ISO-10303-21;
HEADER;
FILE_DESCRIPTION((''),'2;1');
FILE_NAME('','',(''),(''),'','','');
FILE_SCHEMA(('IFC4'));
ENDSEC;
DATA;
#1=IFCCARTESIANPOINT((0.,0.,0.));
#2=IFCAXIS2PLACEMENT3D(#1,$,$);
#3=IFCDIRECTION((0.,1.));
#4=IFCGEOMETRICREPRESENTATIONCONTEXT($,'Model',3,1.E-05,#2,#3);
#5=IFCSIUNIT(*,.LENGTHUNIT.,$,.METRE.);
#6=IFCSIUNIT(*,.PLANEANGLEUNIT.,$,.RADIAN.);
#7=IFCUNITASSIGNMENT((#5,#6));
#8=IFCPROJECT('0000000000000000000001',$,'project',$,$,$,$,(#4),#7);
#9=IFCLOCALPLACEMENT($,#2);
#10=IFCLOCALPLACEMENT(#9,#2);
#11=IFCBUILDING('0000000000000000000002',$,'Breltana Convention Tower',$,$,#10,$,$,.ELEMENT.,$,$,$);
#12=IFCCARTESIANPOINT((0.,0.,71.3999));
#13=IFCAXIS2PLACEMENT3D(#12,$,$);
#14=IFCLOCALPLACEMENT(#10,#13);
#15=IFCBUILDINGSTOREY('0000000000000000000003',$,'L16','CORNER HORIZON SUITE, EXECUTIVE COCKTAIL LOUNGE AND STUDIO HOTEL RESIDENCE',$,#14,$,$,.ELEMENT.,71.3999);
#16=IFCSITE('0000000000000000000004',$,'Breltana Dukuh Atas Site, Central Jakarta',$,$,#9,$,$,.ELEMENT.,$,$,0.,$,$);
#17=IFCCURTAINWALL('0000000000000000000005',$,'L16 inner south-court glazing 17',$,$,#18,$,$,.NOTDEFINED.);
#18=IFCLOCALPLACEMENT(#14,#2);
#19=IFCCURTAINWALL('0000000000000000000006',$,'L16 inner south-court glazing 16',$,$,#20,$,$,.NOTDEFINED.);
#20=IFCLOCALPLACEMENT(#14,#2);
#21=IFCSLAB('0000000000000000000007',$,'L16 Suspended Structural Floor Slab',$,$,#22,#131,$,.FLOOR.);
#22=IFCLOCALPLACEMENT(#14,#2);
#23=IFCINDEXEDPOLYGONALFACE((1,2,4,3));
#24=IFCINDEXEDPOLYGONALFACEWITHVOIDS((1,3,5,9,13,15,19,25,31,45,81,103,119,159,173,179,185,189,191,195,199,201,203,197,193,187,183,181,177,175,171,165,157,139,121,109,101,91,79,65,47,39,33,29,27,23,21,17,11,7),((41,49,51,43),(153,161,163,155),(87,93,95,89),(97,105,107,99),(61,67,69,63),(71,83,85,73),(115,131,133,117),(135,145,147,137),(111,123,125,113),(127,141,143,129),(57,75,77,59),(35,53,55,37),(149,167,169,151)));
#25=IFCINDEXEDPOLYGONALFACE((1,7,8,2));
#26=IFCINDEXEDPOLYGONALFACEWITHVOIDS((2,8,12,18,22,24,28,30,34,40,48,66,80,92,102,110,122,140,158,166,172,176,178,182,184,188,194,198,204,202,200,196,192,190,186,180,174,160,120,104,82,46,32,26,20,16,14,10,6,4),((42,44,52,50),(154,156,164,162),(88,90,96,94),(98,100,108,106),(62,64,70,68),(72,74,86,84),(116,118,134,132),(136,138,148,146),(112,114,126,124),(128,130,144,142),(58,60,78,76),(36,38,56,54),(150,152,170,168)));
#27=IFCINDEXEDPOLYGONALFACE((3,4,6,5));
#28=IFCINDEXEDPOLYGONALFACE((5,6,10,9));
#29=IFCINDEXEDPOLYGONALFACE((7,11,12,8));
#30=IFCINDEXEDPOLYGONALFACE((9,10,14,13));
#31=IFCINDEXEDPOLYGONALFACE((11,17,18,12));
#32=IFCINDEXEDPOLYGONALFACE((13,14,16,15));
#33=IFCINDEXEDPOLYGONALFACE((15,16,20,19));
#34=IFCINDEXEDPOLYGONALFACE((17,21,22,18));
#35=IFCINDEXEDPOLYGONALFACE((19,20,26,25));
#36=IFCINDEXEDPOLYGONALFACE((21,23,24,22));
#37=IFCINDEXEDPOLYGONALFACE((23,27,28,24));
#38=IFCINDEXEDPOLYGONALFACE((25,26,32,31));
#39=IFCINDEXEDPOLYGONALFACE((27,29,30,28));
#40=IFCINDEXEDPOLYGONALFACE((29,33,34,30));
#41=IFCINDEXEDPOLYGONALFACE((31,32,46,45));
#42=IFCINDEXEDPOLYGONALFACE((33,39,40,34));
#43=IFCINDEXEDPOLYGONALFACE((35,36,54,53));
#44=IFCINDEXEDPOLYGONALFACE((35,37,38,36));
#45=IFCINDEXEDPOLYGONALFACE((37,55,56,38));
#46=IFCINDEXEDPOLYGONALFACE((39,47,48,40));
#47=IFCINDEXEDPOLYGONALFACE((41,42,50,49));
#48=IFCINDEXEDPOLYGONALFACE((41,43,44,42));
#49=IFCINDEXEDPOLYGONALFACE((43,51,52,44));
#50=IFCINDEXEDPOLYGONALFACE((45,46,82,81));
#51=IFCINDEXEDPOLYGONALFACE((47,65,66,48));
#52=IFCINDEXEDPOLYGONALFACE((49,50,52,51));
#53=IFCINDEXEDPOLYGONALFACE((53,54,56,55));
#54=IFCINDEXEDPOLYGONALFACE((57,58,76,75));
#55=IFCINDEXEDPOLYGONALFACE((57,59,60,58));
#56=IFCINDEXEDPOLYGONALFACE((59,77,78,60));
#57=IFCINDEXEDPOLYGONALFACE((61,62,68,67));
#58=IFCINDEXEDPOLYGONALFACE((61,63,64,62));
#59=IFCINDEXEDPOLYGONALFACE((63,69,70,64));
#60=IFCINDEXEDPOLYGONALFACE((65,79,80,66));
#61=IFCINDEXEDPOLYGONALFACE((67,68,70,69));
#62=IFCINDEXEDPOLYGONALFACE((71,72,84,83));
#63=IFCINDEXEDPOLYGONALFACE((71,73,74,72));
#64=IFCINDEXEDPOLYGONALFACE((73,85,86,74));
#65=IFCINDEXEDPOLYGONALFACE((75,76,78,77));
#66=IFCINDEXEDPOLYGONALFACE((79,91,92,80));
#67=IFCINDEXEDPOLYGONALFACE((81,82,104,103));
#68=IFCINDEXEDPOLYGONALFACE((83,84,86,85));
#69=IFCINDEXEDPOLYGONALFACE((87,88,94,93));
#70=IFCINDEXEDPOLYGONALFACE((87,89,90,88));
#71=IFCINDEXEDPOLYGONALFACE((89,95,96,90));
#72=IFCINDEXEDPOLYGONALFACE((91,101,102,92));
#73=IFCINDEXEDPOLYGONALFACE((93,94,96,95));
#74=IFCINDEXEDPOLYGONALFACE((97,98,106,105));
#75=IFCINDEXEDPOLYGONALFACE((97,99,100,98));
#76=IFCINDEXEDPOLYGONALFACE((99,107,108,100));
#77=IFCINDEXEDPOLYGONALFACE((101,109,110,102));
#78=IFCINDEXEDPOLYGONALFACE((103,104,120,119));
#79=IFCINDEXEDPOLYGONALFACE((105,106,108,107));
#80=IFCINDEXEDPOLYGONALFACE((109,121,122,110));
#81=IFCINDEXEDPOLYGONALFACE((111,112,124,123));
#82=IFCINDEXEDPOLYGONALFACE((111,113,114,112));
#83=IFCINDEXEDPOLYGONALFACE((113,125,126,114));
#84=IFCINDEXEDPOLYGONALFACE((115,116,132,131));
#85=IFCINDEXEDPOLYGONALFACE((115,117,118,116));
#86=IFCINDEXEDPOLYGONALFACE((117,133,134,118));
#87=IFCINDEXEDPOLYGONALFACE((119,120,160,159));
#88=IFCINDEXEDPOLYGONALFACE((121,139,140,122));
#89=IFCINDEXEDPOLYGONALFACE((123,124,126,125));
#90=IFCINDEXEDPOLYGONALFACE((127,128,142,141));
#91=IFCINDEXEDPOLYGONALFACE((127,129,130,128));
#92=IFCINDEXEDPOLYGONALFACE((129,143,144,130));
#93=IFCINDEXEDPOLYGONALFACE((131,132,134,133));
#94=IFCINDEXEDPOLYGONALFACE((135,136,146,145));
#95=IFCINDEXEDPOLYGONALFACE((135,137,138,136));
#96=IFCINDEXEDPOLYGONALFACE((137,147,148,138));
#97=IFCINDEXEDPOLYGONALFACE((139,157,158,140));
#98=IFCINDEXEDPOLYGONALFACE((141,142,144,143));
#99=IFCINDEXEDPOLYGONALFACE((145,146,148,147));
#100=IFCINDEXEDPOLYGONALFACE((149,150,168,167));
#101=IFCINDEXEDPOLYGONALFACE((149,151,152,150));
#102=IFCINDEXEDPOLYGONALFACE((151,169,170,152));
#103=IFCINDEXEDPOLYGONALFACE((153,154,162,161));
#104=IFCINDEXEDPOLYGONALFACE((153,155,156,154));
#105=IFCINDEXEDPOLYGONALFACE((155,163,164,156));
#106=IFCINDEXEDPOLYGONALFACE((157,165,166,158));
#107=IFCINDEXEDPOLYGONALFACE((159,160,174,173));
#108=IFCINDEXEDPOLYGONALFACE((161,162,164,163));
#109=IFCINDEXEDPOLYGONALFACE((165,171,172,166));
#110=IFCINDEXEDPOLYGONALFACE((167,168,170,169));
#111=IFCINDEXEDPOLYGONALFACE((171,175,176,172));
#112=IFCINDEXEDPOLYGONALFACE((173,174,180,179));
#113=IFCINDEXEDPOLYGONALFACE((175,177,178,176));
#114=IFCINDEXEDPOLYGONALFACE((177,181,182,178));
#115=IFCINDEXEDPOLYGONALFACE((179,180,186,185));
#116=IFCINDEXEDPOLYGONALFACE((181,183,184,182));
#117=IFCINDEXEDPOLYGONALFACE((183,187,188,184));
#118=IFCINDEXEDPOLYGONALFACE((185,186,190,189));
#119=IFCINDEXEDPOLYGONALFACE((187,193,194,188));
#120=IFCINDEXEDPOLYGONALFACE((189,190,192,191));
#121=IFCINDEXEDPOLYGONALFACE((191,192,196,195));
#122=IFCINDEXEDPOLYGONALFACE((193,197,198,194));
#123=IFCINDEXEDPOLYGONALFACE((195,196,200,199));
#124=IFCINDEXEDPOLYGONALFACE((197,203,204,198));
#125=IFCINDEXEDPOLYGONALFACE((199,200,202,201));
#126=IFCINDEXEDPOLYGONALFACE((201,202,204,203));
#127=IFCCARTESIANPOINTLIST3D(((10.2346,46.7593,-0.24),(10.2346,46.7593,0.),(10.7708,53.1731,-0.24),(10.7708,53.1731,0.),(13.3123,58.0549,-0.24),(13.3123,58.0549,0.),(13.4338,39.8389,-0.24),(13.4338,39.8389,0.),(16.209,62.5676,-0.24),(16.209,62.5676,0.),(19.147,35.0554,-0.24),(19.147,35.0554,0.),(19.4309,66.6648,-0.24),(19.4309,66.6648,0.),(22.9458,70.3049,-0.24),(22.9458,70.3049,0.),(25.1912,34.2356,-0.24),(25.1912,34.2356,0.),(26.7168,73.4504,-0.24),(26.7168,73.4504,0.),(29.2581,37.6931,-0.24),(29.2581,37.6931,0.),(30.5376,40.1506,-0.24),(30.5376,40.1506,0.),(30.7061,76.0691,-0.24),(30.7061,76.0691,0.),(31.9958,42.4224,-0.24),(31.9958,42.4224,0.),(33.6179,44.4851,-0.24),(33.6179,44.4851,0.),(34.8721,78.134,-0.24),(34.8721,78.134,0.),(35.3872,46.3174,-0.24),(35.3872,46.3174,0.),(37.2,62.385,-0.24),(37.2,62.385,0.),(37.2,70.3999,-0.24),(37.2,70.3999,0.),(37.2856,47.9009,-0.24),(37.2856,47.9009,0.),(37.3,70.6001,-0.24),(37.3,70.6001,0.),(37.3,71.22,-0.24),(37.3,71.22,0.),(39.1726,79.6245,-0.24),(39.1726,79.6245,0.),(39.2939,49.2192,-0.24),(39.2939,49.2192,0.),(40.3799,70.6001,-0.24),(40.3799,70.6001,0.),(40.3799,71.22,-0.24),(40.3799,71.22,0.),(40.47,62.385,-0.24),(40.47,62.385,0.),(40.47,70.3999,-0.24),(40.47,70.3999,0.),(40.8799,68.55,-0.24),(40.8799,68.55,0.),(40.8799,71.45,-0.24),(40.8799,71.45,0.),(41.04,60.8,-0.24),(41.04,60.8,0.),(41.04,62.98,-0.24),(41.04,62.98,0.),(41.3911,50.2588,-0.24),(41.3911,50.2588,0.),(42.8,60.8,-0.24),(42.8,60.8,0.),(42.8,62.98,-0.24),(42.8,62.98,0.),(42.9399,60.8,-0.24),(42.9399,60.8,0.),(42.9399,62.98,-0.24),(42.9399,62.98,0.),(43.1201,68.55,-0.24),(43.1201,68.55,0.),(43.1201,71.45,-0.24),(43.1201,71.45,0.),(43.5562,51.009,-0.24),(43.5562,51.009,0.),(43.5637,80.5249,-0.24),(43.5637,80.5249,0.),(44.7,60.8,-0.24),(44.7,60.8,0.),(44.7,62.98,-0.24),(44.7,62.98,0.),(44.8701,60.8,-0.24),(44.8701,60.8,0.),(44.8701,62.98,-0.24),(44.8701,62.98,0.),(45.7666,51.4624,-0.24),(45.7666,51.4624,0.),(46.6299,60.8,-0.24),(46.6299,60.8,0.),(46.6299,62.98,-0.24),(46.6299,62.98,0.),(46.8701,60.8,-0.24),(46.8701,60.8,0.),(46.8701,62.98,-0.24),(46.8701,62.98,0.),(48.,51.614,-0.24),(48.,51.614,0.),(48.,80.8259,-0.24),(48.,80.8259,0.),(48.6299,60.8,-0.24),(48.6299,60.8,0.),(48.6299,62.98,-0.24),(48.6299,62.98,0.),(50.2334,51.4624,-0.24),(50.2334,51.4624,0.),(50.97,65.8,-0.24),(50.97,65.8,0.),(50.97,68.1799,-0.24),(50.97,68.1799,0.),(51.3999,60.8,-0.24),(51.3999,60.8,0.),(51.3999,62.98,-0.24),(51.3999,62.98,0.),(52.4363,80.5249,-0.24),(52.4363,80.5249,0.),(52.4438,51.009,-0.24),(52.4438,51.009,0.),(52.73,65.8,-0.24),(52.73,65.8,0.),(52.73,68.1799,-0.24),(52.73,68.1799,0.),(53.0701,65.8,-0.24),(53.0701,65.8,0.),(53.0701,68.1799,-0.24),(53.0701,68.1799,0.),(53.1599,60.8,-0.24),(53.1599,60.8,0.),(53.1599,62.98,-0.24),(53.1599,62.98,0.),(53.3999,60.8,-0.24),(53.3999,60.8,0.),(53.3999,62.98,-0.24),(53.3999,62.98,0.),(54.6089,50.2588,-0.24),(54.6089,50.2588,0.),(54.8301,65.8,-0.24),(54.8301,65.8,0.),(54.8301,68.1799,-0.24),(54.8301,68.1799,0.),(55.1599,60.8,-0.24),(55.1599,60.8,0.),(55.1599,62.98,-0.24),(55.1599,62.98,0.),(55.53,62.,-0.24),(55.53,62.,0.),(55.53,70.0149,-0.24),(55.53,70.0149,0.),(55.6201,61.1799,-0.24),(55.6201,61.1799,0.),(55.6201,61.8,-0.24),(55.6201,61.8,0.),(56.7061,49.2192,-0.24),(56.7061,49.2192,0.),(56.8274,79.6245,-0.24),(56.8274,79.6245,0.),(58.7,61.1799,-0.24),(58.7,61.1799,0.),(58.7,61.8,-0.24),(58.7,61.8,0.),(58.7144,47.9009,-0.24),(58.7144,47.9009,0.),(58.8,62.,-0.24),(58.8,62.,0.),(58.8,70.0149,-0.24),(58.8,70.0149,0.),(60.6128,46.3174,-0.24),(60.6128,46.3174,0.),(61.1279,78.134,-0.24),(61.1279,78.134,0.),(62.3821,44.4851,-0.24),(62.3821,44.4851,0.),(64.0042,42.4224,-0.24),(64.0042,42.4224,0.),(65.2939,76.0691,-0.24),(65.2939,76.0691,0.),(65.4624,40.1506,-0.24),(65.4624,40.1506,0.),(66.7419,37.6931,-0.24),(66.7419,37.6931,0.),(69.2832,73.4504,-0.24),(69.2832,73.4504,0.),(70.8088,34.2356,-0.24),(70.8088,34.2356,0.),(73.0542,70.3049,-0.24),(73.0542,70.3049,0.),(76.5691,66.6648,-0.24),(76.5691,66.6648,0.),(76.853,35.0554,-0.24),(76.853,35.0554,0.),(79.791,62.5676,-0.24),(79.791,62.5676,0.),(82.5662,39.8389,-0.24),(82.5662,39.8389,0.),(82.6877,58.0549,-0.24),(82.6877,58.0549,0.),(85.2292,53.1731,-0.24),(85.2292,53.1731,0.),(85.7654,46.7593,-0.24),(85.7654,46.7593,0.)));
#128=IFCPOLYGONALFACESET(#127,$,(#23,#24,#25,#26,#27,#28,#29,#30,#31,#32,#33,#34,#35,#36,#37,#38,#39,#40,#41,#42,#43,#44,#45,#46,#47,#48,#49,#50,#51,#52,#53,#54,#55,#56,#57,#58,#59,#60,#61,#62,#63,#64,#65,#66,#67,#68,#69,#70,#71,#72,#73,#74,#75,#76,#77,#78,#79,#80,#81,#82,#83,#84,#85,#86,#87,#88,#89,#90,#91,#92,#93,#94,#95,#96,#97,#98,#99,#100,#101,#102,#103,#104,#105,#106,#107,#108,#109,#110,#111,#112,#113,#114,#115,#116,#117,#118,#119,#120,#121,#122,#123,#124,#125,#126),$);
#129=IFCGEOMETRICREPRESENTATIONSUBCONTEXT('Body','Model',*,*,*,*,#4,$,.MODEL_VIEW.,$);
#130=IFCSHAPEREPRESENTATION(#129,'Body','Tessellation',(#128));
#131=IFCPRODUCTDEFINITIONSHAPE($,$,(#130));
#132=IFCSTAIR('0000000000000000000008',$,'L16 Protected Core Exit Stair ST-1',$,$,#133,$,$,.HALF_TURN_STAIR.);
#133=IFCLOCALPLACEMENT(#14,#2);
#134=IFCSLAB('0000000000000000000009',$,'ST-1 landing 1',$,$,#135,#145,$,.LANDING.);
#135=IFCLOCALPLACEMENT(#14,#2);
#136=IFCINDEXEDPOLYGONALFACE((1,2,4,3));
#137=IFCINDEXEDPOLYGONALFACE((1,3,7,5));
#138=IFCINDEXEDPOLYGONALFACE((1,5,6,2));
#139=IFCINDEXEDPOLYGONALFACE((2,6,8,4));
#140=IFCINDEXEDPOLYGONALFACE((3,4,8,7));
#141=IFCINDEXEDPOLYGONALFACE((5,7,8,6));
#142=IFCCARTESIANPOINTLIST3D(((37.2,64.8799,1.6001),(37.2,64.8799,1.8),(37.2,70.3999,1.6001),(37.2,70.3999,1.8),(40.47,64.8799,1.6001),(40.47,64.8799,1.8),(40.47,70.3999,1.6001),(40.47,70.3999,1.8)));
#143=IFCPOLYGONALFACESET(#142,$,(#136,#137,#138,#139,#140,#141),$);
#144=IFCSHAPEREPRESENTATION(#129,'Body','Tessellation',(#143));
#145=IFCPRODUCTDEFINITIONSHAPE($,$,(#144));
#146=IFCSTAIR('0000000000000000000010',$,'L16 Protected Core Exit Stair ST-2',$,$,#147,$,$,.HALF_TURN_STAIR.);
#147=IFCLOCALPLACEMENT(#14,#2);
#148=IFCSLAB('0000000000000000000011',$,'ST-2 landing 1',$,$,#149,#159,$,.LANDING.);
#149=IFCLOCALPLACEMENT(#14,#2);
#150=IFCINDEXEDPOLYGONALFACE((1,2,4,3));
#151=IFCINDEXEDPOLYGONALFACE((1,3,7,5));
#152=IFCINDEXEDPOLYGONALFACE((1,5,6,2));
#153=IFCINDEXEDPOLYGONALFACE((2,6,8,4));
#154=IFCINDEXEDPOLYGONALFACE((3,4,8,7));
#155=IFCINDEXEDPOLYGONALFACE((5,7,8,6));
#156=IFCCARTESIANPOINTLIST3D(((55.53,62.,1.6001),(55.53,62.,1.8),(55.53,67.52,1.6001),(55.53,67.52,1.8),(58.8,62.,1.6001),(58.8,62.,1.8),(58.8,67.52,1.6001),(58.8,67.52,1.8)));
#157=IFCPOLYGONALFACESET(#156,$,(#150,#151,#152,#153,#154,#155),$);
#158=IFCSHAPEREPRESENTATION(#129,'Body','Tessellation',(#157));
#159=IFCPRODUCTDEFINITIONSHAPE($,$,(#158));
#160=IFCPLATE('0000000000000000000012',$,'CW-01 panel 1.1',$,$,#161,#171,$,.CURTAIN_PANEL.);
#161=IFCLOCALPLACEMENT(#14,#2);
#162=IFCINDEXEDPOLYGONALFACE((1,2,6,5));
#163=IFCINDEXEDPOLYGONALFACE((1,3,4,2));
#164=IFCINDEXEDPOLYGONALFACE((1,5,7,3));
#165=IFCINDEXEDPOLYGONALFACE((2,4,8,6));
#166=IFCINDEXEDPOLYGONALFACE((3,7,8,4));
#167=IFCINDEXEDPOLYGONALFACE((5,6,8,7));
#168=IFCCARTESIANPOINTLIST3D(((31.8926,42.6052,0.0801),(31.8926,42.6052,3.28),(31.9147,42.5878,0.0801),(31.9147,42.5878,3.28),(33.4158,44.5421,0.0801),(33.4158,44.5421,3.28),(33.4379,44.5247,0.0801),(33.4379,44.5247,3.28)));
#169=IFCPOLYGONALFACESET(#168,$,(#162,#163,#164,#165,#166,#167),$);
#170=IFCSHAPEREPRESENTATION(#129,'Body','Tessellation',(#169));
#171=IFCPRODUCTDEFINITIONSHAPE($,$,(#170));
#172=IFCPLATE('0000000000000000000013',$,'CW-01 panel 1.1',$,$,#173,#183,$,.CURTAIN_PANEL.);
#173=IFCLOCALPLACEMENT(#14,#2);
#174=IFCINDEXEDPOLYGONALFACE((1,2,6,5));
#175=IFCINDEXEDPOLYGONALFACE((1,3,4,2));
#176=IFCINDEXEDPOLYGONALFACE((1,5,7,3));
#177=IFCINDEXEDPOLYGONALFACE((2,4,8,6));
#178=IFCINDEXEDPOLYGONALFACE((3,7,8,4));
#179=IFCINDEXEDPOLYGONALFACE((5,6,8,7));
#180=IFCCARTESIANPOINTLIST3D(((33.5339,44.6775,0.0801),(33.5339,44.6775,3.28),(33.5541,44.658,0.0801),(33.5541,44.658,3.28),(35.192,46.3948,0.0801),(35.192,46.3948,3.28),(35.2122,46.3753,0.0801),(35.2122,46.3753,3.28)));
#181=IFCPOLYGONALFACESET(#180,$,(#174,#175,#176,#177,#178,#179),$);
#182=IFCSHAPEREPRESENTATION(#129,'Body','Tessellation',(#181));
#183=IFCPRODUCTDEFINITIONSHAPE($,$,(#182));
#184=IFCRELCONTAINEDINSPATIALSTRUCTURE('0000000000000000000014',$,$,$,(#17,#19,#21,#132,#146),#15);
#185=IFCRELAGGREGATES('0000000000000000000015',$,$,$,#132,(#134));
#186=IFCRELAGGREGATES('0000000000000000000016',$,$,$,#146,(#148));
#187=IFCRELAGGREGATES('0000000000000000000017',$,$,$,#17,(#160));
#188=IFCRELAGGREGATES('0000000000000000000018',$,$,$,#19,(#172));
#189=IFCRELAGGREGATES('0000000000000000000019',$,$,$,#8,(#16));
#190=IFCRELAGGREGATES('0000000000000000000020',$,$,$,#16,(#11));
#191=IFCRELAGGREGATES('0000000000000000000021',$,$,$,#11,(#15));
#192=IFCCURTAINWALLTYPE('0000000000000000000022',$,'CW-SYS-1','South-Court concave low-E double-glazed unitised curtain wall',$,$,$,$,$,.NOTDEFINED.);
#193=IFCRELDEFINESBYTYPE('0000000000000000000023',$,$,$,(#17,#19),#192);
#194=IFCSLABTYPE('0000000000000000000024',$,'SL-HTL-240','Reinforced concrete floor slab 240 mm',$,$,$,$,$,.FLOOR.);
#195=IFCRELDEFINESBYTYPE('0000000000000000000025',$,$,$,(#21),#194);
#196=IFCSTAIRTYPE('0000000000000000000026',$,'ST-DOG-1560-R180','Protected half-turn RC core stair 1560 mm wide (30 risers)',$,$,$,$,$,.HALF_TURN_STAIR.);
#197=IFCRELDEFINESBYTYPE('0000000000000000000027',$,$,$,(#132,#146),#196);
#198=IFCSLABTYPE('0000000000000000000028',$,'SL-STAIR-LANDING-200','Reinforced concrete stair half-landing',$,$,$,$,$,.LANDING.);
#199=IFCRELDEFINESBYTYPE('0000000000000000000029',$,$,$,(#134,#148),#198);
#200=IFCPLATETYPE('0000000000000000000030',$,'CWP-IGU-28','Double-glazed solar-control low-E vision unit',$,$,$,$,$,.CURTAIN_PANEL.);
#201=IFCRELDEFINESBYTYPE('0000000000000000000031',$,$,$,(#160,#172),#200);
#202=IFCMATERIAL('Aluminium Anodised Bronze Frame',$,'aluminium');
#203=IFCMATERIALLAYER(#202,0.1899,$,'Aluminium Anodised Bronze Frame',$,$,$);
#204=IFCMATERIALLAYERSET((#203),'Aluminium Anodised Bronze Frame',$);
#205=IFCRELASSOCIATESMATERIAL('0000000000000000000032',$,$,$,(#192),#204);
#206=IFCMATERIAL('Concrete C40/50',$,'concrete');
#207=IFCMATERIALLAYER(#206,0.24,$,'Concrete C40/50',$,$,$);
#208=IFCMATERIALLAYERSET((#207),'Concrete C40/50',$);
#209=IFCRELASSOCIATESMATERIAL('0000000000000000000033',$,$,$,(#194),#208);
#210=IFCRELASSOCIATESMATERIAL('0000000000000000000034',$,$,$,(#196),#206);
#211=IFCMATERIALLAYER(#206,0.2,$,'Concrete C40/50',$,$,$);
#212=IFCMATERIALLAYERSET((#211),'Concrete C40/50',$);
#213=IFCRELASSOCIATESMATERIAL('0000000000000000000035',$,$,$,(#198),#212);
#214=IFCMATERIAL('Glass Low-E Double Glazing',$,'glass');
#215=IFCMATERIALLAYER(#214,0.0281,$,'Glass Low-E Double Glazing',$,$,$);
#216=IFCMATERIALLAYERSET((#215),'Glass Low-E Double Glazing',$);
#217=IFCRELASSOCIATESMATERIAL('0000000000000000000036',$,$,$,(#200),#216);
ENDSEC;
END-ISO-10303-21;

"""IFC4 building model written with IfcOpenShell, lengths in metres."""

from ifc_helpers import new_model, si_unit, direction, frame, origin, origin_2d, place, context, subcontext, project, spatial, polyline, rectangle, outline, extrude, source, transform, mapped, material, layer, layer_set, type_object, element, aggregate, save


model = new_model("IFC4")

# Units and contexts
model_context = context("Model", 3, precision=1e-05, world=origin(), true_north=direction((0.0, 1.0)))
body_context = subcontext(model_context, "Body", "Model", "MODEL_VIEW")
ifc_project = project(units=[si_unit("LENGTHUNIT", "METRE"), si_unit("PLANEANGLEUNIT", "RADIAN")], contexts=[model_context])

# Site, building, storey
site_placement = place(None, origin())
site = spatial("IfcSite", under=ifc_project, at=site_placement, Name="Breltana Dukuh Atas Site, Central Jakarta", CompositionType="ELEMENT", RefElevation=0.0)
building_placement = place(site_placement, origin())
building = spatial("IfcBuilding", under=site, at=building_placement, Name="Breltana Convention Tower", CompositionType="ELEMENT")
storey_placement = place(building_placement, frame((0.0, 0.0, 71.3999)))
storey = spatial("IfcBuildingStorey", under=building, at=storey_placement, Name="L16", Description="CORNER HORIZON SUITE, EXECUTIVE COCKTAIL LOUNGE AND STUDIO HOTEL RESIDENCE", CompositionType="ELEMENT", Elevation=71.3999)

# Curtain wall
ifc_material_1 = material(Name="Aluminium Anodised Bronze Frame", Category="aluminium")
ifc_layer_1 = layer(ifc_material_1, 0.1899, Name="Aluminium Anodised Bronze Frame")
ifc_layer_set_1 = layer_set([ifc_layer_1], Name="Aluminium Anodised Bronze Frame")
curtain_wall_type = type_object("IfcCurtainWallType", Name="CW-SYS-1", Description="South-Court concave low-E double-glazed unitised curtain wall", PredefinedType="NOTDEFINED", material=ifc_layer_set_1)
curtain_wall_1_placement = place(storey_placement, origin())
curtain_wall_1 = element("IfcCurtainWall", 1, at=curtain_wall_1_placement, inside=storey, type_object=curtain_wall_type, Name="L16 inner south-court glazing 17", PredefinedType="NOTDEFINED")

# Curtain wall
curtain_wall_2_placement = place(storey_placement, origin())
curtain_wall_2 = element("IfcCurtainWall", 2, at=curtain_wall_2_placement, inside=storey, type_object=curtain_wall_type, Name="L16 inner south-court glazing 16", PredefinedType="NOTDEFINED")

# Slab
ifc_material_2 = material(Name="Concrete C40/50", Category="concrete")
ifc_layer_2 = layer(ifc_material_2, 0.24, Name="Concrete C40/50")
ifc_layer_set_2 = layer_set([ifc_layer_2], Name="Concrete C40/50")
slab_type_1 = type_object("IfcSlabType", Name="SL-HTL-240", Description="Reinforced concrete floor slab 240 mm", PredefinedType="FLOOR", material=ifc_layer_set_2)
slab_1_placement = place(storey_placement, frame((0.0, 0.0, -0.24)))
element("IfcSlab", 3, at=slab_1_placement, inside=storey, type_object=slab_type_1, Name="L16 Suspended Structural Floor Slab", PredefinedType="FLOOR", context=body_context, shape_type="SweptSolid", body=[
    extrude(outline(polyline([(85.2292, 53.1731), (82.6877, 58.0549), (79.791, 62.5676), (76.5691, 66.6648), (73.0542, 70.3049), (69.2832, 73.4504), (65.2939, 76.0691), (61.1279, 78.134), (56.8274, 79.6245), (52.4363, 80.5249), (48.0, 80.8259), (43.5637, 80.5249), (39.1726, 79.6245), (34.8721, 78.134), (30.7061, 76.0691), (26.7168, 73.4504), (22.9458, 70.3049), (19.4309, 66.6648), (16.209, 62.5676), (13.3123, 58.0549), (10.7708, 53.1731), (10.2346, 46.7593), (13.4338, 39.8389), (19.147, 35.0554), (25.1912, 34.2356), (29.2581, 37.6931), (30.5376, 40.1506), (31.9958, 42.4224), (33.6179, 44.4851), (35.3872, 46.3174), (37.2856, 47.9009), (39.2939, 49.2192), (41.3911, 50.2588), (43.5562, 51.009), (45.7666, 51.4624), (48.0, 51.614), (50.2334, 51.4624), (52.4438, 51.009), (54.6089, 50.2588), (56.7061, 49.2192), (58.7144, 47.9009), (60.6128, 46.3174), (62.3821, 44.4851), (64.0042, 42.4224), (65.4624, 40.1506), (66.7419, 37.6931), (70.8088, 34.2356), (76.853, 35.0554), (82.5662, 39.8389), (85.7654, 46.7593), (85.2292, 53.1731)]), holes=[polyline([(37.2, 62.385), (40.47, 62.385), (40.47, 70.3999), (37.2, 70.3999), (37.2, 62.385)]), polyline([(55.53, 62.0), (58.8, 62.0), (58.8, 70.0149), (55.53, 70.0149), (55.53, 62.0)]), polyline([(41.04, 60.8), (42.8, 60.8), (42.8, 62.98), (41.04, 62.98), (41.04, 60.8)]), polyline([(42.9399, 60.8), (44.7, 60.8), (44.7, 62.98), (42.9399, 62.98), (42.9399, 60.8)]), polyline([(44.8701, 60.8), (46.6299, 60.8), (46.6299, 62.98), (44.8701, 62.98), (44.8701, 60.8)]), polyline([(46.8701, 60.8), (48.6299, 60.8), (48.6299, 62.98), (46.8701, 62.98), (46.8701, 60.8)]), polyline([(51.3999, 60.8), (53.1599, 60.8), (53.1599, 62.98), (51.3999, 62.98), (51.3999, 60.8)]), polyline([(53.3999, 60.8), (55.1599, 60.8), (55.1599, 62.98), (53.3999, 62.98), (53.3999, 60.8)]), polyline([(50.97, 65.8), (52.73, 65.8), (52.73, 68.1799), (50.97, 68.1799), (50.97, 65.8)]), polyline([(53.0701, 65.8), (54.8301, 65.8), (54.8301, 68.1799), (53.0701, 68.1799), (53.0701, 65.8)]), polyline([(40.8799, 68.55), (43.1201, 68.55), (43.1201, 71.45), (40.8799, 71.45), (40.8799, 68.55)]), polyline([(37.3, 70.6001), (40.3799, 70.6001), (40.3799, 71.22), (37.3, 71.22), (37.3, 70.6001)]), polyline([(55.6201, 61.1799), (58.7, 61.1799), (58.7, 61.8), (55.6201, 61.8), (55.6201, 61.1799)])]), origin(), (0.0, 0.0, 1.0), 0.24),
])

# Stairs, slabs
stair_type = type_object("IfcStairType", Name="ST-DOG-1560-R180", Description="Protected half-turn RC core stair 1560 mm wide (30 risers)", PredefinedType="HALF_TURN_STAIR", material=ifc_material_2)
stair_1_placement = place(storey_placement, origin())
stair_1 = element("IfcStair", 4, at=stair_1_placement, inside=storey, type_object=stair_type, Name="L16 Protected Core Exit Stair ST-1", PredefinedType="HALF_TURN_STAIR")
ifc_layer_3 = layer(ifc_material_2, 0.2, Name="Concrete C40/50")
ifc_layer_set_3 = layer_set([ifc_layer_3], Name="Concrete C40/50")
slab_type_2 = type_object("IfcSlabType", Name="SL-STAIR-LANDING-200", Description="Reinforced concrete stair half-landing", PredefinedType="LANDING", material=ifc_layer_set_3)
slab_2_placement = place(storey_placement, frame((0.0, 0.0, 1.6001)))
slab_2 = element("IfcSlab", 5, at=slab_2_placement, type_object=slab_type_2, Name="ST-1 landing 1", PredefinedType="LANDING", context=body_context, shape_type="SweptSolid", body=[
    extrude(outline(polyline([(40.47, 64.8799), (40.47, 70.3999), (37.2, 70.3999), (37.2, 64.8799), (40.47, 64.8799)])), origin(), (0.0, 0.0, 1.0), 0.2),
])
aggregate(stair_1, [slab_2])
stair_2_placement = place(storey_placement, origin())
stair_2 = element("IfcStair", 6, at=stair_2_placement, inside=storey, type_object=stair_type, Name="L16 Protected Core Exit Stair ST-2", PredefinedType="HALF_TURN_STAIR")
slab_3_placement = place(storey_placement, frame((0.0, 0.0, 1.6001)))
slab_3 = element("IfcSlab", 7, at=slab_3_placement, type_object=slab_type_2, Name="ST-2 landing 1", PredefinedType="LANDING", context=body_context, shape_type="SweptSolid", body=[
    extrude(outline(polyline([(55.53, 67.52), (55.53, 62.0), (58.8, 62.0), (58.8, 67.52), (55.53, 67.52)])), origin(), (0.0, 0.0, 1.0), 0.2),
])
aggregate(stair_2, [slab_3])

# Plates
ifc_material_3 = material(Name="Glass Low-E Double Glazing", Category="glass")
ifc_layer_4 = layer(ifc_material_3, 0.0281, Name="Glass Low-E Double Glazing")
ifc_layer_set_4 = layer_set([ifc_layer_4], Name="Glass Low-E Double Glazing")
plate_type = type_object("IfcPlateType", Name="CWP-IGU-28", Description="Double-glazed solar-control low-E vision unit", PredefinedType="CURTAIN_PANEL", material=ifc_layer_set_4)
shared_shape_1 = source(origin(), body_context, "Body", "SweptSolid", [
    extrude(rectangle(XDim=2.4641, YDim=0.0281, at=origin_2d()), origin(), (0.0, 0.0, 1.0), 3.2),
])
plate_1_placement = place(storey_placement, frame((32.6653, 43.5649, 0.0801), z_axis=(0.0, 0.0, 1.0), x_axis=(-0.618153, -0.786058, 0.0)))
plate_1 = element("IfcPlate", 8, at=plate_1_placement, type_object=plate_type, Name="CW-01 panel 1.1", PredefinedType="CURTAIN_PANEL", context=body_context, shape_type="MappedRepresentation", body=[
    mapped(shared_shape_1, transform((0.0, 0.0, 0.0), scale=1.0)),
])
aggregate(curtain_wall_1, [plate_1])
shared_shape_2 = source(origin(), body_context, "Body", "SweptSolid", [
    extrude(rectangle(XDim=2.3872, YDim=0.0281, at=origin_2d()), origin(), (0.0, 0.0, 1.0), 3.2),
])
plate_2_placement = place(storey_placement, frame((34.373, 45.5264, 0.0801), z_axis=(0.0, 0.0, 1.0), x_axis=(-0.694612, -0.719385, 0.0)))
plate_2 = element("IfcPlate", 9, at=plate_2_placement, type_object=plate_type, Name="CW-01 panel 1.1", PredefinedType="CURTAIN_PANEL", context=body_context, shape_type="MappedRepresentation", body=[
    mapped(shared_shape_2, transform((0.0, 0.0, 0.0), scale=1.0)),
])
aggregate(curtain_wall_2, [plate_2])

save(model, "model.ifc")
